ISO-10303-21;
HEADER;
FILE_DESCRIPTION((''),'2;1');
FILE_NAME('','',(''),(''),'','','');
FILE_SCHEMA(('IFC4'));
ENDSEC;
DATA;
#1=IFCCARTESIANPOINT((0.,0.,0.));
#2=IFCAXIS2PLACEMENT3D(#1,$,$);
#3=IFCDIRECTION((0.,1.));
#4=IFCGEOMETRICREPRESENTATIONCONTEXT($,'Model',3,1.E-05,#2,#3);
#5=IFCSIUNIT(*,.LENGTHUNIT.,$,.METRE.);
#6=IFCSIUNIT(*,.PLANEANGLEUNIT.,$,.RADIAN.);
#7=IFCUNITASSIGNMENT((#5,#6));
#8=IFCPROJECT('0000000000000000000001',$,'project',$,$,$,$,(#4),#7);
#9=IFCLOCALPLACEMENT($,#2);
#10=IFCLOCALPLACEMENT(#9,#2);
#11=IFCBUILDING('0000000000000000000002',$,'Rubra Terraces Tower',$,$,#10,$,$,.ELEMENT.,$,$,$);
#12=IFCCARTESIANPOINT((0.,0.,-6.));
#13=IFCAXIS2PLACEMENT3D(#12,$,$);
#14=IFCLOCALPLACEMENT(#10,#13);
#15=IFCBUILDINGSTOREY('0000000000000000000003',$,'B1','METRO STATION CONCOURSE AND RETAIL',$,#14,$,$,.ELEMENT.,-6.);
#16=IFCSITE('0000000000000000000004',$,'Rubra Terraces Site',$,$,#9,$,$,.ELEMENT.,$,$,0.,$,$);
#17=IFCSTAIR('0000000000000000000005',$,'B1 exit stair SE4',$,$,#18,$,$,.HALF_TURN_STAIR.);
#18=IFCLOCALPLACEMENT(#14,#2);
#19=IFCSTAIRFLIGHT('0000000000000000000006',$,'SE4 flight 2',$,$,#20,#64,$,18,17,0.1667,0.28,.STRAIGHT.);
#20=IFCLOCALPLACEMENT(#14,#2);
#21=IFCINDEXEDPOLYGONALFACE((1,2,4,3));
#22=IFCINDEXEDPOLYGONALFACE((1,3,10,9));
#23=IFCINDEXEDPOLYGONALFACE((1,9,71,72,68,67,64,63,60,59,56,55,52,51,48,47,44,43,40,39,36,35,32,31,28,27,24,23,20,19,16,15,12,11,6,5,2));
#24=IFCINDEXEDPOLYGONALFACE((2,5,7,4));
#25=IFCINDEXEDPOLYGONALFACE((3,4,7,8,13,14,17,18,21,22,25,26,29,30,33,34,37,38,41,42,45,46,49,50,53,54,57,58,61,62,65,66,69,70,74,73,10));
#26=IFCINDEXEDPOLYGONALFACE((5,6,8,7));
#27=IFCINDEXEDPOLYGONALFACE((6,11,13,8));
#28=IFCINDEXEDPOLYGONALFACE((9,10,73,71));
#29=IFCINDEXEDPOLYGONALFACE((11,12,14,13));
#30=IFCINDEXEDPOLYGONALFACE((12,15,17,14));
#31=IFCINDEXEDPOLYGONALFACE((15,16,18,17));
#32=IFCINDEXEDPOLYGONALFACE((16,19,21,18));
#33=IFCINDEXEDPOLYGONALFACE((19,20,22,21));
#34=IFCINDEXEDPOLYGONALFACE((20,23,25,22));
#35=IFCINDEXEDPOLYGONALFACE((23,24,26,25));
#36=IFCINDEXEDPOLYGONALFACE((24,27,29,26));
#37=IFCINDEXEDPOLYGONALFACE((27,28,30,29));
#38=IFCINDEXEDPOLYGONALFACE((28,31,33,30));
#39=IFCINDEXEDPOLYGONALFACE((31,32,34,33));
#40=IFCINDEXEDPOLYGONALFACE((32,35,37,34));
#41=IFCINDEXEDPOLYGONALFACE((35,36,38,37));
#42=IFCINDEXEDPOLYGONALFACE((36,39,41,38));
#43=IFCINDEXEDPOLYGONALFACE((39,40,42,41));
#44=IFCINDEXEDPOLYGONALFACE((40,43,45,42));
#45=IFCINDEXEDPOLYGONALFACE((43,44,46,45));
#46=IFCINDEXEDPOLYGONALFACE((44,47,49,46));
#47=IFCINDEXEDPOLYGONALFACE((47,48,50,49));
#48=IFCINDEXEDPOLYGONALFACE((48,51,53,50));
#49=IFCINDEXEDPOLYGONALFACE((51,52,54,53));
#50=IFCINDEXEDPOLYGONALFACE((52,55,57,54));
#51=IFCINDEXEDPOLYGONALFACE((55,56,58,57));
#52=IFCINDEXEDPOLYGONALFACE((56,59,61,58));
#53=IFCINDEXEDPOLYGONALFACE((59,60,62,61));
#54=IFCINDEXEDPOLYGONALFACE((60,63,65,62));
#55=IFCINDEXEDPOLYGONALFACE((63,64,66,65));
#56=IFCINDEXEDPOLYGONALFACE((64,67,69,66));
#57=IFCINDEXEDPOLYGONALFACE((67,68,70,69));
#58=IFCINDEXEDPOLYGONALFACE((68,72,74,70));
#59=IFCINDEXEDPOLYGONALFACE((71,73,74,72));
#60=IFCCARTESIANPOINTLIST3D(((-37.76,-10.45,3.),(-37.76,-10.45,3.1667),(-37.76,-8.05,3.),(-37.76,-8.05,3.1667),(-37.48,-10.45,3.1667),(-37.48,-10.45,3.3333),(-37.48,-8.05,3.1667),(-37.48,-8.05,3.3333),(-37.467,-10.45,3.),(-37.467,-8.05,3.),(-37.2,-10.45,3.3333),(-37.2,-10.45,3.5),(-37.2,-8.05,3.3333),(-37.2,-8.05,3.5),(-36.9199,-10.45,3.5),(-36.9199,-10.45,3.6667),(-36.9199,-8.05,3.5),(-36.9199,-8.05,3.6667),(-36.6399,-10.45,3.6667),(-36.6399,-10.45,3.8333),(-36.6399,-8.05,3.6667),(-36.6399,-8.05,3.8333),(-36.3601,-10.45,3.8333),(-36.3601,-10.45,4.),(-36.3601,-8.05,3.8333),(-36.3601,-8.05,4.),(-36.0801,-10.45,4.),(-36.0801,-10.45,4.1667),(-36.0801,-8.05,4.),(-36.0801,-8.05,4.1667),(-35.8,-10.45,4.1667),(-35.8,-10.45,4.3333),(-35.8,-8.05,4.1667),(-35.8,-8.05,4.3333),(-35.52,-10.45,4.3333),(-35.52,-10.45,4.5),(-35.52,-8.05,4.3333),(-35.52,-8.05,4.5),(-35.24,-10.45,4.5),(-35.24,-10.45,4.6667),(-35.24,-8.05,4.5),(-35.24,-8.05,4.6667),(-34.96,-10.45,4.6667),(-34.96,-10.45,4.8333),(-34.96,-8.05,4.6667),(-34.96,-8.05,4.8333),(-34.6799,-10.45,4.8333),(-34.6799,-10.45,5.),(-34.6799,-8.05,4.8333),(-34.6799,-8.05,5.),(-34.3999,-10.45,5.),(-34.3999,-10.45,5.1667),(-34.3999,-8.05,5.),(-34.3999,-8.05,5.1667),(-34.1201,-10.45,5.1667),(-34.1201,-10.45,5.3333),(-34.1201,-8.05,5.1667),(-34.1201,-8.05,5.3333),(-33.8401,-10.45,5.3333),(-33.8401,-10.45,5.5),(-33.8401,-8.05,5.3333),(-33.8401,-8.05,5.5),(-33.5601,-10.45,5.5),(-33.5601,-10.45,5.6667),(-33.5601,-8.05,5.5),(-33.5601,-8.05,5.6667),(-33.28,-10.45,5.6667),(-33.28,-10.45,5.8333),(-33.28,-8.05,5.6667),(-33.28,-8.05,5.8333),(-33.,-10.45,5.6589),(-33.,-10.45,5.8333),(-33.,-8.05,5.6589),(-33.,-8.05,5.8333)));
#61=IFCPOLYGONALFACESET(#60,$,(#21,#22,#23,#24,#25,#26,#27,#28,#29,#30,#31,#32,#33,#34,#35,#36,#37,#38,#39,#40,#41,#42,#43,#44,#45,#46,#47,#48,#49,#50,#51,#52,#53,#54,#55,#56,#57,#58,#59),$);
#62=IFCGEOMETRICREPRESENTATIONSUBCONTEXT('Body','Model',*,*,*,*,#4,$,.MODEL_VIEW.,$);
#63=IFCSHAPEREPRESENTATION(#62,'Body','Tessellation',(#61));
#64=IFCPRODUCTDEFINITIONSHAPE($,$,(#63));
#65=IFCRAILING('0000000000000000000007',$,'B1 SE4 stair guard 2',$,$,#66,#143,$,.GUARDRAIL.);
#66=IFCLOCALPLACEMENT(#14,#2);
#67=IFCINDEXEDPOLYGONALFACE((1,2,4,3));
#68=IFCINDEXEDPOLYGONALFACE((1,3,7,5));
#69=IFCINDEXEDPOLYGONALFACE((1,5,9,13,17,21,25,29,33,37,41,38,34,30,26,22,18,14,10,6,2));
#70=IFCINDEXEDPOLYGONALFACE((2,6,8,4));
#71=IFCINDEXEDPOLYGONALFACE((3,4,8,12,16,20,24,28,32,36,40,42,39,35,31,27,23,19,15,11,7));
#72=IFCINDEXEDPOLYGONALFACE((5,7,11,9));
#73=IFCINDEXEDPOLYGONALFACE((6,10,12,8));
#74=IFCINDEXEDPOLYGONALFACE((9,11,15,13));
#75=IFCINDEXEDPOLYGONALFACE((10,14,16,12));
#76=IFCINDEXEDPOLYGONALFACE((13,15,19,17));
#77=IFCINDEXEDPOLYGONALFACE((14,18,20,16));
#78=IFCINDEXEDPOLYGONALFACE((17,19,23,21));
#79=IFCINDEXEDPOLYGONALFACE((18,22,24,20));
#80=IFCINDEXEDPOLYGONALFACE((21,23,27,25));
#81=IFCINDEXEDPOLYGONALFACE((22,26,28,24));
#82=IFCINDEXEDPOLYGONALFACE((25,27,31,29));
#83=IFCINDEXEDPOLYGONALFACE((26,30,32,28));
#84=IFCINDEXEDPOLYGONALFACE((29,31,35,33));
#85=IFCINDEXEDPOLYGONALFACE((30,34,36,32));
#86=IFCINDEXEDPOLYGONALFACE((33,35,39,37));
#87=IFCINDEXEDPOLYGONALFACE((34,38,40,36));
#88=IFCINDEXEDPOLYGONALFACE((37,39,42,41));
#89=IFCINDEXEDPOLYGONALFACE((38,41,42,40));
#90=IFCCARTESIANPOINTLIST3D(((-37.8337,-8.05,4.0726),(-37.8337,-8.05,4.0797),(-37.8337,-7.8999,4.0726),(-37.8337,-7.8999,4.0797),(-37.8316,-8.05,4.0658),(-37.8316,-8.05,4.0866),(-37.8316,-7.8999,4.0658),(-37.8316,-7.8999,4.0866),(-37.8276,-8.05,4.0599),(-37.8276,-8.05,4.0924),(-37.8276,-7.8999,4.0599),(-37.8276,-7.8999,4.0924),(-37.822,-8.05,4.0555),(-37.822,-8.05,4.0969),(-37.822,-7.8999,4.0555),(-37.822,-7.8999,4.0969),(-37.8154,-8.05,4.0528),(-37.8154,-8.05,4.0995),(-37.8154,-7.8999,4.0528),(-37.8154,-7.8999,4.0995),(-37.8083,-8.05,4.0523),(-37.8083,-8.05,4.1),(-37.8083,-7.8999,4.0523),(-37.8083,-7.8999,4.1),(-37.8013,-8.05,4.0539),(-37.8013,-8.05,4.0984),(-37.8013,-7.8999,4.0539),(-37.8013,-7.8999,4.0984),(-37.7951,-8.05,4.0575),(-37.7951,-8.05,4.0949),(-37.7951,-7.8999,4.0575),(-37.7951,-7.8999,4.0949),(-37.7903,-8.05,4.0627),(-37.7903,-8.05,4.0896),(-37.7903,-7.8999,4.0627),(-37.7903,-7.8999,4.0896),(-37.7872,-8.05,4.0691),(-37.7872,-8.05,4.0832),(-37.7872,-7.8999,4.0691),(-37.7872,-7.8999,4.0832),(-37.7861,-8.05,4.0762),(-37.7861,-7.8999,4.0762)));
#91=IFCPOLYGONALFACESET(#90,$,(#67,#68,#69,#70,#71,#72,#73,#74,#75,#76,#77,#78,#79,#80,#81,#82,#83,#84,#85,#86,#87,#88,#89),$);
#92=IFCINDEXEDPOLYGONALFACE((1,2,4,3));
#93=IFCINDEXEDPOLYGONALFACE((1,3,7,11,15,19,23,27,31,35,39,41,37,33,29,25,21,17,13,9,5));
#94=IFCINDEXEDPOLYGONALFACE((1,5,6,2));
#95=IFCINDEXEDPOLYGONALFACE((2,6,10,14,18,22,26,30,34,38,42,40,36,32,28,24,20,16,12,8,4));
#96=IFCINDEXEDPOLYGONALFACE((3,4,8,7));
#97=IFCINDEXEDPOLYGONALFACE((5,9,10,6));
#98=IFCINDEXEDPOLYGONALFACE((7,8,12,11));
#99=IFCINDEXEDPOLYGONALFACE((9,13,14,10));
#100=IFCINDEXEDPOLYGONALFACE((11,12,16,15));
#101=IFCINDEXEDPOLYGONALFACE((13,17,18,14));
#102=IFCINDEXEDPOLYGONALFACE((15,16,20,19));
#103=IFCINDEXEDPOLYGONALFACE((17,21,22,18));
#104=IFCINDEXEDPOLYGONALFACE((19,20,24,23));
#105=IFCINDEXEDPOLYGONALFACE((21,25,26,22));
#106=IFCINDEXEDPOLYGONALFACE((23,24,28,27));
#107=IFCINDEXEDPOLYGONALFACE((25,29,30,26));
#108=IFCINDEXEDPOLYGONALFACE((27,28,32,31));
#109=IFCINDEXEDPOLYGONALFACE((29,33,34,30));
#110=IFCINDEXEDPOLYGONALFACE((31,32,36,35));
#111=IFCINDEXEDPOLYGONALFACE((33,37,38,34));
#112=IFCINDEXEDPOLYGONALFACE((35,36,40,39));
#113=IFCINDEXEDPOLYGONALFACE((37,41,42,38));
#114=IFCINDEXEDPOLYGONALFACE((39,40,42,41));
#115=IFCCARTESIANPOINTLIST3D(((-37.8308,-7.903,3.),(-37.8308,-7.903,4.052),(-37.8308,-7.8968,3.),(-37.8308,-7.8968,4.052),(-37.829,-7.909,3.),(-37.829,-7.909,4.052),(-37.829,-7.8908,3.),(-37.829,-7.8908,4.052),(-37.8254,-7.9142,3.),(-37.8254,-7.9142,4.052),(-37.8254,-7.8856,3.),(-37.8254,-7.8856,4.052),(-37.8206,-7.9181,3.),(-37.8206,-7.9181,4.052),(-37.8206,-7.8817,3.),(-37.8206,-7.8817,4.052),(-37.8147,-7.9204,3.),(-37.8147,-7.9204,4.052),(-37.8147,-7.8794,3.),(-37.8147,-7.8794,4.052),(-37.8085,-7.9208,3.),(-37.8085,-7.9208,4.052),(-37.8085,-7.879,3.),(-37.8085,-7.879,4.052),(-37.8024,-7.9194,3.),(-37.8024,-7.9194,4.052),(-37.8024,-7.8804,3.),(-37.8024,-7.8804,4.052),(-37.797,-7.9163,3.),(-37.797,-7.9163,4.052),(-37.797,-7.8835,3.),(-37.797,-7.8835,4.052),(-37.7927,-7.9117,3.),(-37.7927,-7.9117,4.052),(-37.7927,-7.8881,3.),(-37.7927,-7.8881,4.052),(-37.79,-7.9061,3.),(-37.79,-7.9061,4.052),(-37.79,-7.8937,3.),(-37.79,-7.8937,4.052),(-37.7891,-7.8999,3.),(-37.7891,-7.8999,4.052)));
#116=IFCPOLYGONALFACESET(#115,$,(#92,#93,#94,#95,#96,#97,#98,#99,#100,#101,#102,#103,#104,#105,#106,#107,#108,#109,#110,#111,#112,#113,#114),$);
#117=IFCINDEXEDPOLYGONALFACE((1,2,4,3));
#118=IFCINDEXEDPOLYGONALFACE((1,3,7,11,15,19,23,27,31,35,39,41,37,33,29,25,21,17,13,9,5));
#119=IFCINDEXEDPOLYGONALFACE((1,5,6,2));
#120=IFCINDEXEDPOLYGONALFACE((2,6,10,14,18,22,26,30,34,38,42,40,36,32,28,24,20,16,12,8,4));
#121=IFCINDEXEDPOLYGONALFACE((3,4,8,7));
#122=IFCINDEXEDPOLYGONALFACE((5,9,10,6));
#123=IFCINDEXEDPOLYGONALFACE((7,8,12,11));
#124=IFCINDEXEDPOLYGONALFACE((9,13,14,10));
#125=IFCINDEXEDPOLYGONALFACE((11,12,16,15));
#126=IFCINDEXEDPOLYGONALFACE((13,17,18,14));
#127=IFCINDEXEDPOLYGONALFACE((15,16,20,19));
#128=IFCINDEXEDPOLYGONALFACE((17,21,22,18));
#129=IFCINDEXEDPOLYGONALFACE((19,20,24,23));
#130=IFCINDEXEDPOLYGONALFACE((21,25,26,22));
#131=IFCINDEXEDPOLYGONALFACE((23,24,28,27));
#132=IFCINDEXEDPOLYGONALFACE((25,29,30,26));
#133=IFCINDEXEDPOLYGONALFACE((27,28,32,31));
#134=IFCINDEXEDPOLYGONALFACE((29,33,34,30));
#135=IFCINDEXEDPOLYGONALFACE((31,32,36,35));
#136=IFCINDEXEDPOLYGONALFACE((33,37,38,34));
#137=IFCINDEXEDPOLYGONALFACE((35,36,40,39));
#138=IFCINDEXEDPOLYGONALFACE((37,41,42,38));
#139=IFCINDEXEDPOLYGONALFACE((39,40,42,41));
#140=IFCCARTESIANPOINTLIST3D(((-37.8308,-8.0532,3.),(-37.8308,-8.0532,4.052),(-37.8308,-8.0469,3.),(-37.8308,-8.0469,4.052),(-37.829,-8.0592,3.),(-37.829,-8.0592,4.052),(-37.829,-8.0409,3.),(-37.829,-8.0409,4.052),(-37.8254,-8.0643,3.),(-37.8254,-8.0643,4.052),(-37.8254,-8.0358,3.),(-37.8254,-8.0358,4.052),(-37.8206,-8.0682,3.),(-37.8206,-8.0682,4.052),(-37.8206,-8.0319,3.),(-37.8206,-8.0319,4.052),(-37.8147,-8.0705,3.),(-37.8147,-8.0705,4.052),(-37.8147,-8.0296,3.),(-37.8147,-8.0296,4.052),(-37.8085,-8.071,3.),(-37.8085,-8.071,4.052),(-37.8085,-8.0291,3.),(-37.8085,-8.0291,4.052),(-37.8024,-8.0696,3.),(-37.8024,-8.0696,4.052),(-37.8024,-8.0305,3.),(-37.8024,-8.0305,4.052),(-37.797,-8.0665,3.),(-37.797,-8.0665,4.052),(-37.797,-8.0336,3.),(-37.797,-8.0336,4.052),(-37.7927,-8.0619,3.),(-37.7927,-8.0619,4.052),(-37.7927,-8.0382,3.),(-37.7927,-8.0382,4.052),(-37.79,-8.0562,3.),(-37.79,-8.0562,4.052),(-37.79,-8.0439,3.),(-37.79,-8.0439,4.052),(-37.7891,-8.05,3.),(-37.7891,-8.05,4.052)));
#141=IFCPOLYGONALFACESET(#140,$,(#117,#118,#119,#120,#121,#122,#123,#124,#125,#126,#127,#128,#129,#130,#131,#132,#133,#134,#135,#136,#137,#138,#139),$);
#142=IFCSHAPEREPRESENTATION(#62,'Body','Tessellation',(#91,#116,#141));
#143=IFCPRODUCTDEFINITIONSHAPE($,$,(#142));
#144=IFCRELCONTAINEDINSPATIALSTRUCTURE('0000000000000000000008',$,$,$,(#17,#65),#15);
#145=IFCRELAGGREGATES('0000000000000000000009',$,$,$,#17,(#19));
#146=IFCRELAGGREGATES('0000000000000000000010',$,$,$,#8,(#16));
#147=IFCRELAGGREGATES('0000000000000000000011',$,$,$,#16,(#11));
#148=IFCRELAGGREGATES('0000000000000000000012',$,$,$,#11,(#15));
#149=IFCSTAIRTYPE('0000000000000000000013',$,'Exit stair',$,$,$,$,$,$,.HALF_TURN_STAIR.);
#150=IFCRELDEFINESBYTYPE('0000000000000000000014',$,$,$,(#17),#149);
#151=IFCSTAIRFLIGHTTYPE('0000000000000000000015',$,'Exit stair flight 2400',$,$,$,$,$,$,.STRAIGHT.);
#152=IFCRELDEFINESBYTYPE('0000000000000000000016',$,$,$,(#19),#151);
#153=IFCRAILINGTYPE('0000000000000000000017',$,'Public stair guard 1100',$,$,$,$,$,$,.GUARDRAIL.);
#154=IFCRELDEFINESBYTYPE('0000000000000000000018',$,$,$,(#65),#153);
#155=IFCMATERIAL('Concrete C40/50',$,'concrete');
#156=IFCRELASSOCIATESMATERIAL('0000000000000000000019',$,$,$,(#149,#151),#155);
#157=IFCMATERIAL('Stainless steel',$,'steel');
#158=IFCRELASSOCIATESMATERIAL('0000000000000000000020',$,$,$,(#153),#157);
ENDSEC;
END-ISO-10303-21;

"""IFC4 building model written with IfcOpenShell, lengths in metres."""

from ifc_helpers import new_model, si_unit, direction, frame, origin, origin_2d, place, context, subcontext, project, spatial, polyline, circle, outline, extrude, material, type_object, element, aggregate, save


model = new_model("IFC4")

# Units and contexts
model_context = context("Model", 3, precision=1e-05, world=origin(), true_north=direction((0.0, 1.0)))
body_context = subcontext(model_context, "Body", "Model", "MODEL_VIEW")
ifc_project = project(units=[si_unit("LENGTHUNIT", "METRE"), si_unit("PLANEANGLEUNIT", "RADIAN")], contexts=[model_context])

# Site, building, storey
site_placement = place(None, origin())
site = spatial("IfcSite", under=ifc_project, at=site_placement, Name="Rubra Terraces Site", CompositionType="ELEMENT", RefElevation=0.0)
building_placement = place(site_placement, origin())
building = spatial("IfcBuilding", under=site, at=building_placement, Name="Rubra Terraces Tower", CompositionType="ELEMENT")
storey_placement = place(building_placement, frame((0.0, 0.0, -6.0)))
storey = spatial("IfcBuildingStorey", under=building, at=storey_placement, Name="B1", Description="METRO STATION CONCOURSE AND RETAIL", CompositionType="ELEMENT", Elevation=-6.0)

# Shared definitions
ifc_material_1 = material(Name="Concrete C40/50", Category="concrete")

# Stair, stair flight
stair_type = type_object("IfcStairType", Name="Exit stair", PredefinedType="HALF_TURN_STAIR", material=ifc_material_1)
stair_placement = place(storey_placement, origin())
stair = element("IfcStair", 1, at=stair_placement, inside=storey, type_object=stair_type, Name="B1 exit stair SE4", PredefinedType="HALF_TURN_STAIR")
stair_flight_type = type_object("IfcStairFlightType", Name="Exit stair flight 2400", PredefinedType="STRAIGHT", material=ifc_material_1)
stair_flight_placement = place(storey_placement, frame((-37.76, -9.25, 3.0), z_axis=(0.0, 0.0, 1.0), x_axis=(1.0, 0.0, 0.0)))
stair_flight = element("IfcStairFlight", 2, at=stair_flight_placement, type_object=stair_flight_type, Name="SE4 flight 2", NumberOfRisers=18, NumberOfTreads=17, PredefinedType="STRAIGHT", RiserHeight=0.1667, TreadLength=0.28, context=body_context, shape_type="SweptSolid", body=[
    extrude(outline(polyline([(0.0, 0.0), (0.0, 0.1667), (0.28, 0.1667), (0.28, 0.3333), (0.5601, 0.3333), (0.5601, 0.5), (0.8401, 0.5), (0.8401, 0.6667), (1.1201, 0.6667), (1.1201, 0.8333), (1.3999, 0.8333), (1.3999, 1.0), (1.6799, 1.0), (1.6799, 1.1667), (1.96, 1.1667), (1.96, 1.3333), (2.24, 1.3333), (2.24, 1.5), (2.52, 1.5), (2.52, 1.6667), (2.8, 1.6667), (2.8, 1.8333), (3.0801, 1.8333), (3.0801, 2.0), (3.3601, 2.0), (3.3601, 2.1667), (3.6399, 2.1667), (3.6399, 2.3333), (3.9199, 2.3333), (3.9199, 2.5), (4.2, 2.5), (4.2, 2.6667), (4.48, 2.6667), (4.48, 2.8333), (4.76, 2.8333), (4.76, 3.0), (4.76, 2.6589), (0.293, 0.0), (0.0, 0.0)])), frame((0.0, 1.2, 0.0), z_axis=(0.0, -1.0, 0.0), x_axis=(1.0, 0.0, 0.0)), (0.0, 0.0, 1.0), 2.3999),
])
aggregate(stair, [stair_flight])

# Railing
ifc_material_2 = material(Name="Stainless steel", Category="steel")
railing_type_1 = type_object("IfcRailingType", Name="Public stair guard 1100", PredefinedType="GUARDRAIL", material=ifc_material_2)
railing_1_placement = place(storey_placement, frame((-37.8101, -7.8999, 3.0)))
element("IfcRailing", 3, at=railing_1_placement, inside=storey, type_object=railing_type_1, Name="B1 SE4 stair guard 2", PredefinedType="GUARDRAIL", context=body_context, shape_type="SweptSolid", body=[
    extrude(circle(Radius=0.0239, at=origin_2d()), frame((0.0, 0.0, 1.0762), z_axis=(0.0, -1.0, 0.0), x_axis=(1.0, 0.0, 0.0)), (0.0, 0.0, 1.0), 0.1501),
    extrude(circle(Radius=0.021, at=origin_2d()), origin(), (0.0, 0.0, 1.0), 1.052),
    extrude(circle(Radius=0.021, at=origin_2d()), frame((0.0, -0.1501, 0.0)), (0.0, 0.0, 1.0), 1.052),
])

save(model, "model.ifc")
